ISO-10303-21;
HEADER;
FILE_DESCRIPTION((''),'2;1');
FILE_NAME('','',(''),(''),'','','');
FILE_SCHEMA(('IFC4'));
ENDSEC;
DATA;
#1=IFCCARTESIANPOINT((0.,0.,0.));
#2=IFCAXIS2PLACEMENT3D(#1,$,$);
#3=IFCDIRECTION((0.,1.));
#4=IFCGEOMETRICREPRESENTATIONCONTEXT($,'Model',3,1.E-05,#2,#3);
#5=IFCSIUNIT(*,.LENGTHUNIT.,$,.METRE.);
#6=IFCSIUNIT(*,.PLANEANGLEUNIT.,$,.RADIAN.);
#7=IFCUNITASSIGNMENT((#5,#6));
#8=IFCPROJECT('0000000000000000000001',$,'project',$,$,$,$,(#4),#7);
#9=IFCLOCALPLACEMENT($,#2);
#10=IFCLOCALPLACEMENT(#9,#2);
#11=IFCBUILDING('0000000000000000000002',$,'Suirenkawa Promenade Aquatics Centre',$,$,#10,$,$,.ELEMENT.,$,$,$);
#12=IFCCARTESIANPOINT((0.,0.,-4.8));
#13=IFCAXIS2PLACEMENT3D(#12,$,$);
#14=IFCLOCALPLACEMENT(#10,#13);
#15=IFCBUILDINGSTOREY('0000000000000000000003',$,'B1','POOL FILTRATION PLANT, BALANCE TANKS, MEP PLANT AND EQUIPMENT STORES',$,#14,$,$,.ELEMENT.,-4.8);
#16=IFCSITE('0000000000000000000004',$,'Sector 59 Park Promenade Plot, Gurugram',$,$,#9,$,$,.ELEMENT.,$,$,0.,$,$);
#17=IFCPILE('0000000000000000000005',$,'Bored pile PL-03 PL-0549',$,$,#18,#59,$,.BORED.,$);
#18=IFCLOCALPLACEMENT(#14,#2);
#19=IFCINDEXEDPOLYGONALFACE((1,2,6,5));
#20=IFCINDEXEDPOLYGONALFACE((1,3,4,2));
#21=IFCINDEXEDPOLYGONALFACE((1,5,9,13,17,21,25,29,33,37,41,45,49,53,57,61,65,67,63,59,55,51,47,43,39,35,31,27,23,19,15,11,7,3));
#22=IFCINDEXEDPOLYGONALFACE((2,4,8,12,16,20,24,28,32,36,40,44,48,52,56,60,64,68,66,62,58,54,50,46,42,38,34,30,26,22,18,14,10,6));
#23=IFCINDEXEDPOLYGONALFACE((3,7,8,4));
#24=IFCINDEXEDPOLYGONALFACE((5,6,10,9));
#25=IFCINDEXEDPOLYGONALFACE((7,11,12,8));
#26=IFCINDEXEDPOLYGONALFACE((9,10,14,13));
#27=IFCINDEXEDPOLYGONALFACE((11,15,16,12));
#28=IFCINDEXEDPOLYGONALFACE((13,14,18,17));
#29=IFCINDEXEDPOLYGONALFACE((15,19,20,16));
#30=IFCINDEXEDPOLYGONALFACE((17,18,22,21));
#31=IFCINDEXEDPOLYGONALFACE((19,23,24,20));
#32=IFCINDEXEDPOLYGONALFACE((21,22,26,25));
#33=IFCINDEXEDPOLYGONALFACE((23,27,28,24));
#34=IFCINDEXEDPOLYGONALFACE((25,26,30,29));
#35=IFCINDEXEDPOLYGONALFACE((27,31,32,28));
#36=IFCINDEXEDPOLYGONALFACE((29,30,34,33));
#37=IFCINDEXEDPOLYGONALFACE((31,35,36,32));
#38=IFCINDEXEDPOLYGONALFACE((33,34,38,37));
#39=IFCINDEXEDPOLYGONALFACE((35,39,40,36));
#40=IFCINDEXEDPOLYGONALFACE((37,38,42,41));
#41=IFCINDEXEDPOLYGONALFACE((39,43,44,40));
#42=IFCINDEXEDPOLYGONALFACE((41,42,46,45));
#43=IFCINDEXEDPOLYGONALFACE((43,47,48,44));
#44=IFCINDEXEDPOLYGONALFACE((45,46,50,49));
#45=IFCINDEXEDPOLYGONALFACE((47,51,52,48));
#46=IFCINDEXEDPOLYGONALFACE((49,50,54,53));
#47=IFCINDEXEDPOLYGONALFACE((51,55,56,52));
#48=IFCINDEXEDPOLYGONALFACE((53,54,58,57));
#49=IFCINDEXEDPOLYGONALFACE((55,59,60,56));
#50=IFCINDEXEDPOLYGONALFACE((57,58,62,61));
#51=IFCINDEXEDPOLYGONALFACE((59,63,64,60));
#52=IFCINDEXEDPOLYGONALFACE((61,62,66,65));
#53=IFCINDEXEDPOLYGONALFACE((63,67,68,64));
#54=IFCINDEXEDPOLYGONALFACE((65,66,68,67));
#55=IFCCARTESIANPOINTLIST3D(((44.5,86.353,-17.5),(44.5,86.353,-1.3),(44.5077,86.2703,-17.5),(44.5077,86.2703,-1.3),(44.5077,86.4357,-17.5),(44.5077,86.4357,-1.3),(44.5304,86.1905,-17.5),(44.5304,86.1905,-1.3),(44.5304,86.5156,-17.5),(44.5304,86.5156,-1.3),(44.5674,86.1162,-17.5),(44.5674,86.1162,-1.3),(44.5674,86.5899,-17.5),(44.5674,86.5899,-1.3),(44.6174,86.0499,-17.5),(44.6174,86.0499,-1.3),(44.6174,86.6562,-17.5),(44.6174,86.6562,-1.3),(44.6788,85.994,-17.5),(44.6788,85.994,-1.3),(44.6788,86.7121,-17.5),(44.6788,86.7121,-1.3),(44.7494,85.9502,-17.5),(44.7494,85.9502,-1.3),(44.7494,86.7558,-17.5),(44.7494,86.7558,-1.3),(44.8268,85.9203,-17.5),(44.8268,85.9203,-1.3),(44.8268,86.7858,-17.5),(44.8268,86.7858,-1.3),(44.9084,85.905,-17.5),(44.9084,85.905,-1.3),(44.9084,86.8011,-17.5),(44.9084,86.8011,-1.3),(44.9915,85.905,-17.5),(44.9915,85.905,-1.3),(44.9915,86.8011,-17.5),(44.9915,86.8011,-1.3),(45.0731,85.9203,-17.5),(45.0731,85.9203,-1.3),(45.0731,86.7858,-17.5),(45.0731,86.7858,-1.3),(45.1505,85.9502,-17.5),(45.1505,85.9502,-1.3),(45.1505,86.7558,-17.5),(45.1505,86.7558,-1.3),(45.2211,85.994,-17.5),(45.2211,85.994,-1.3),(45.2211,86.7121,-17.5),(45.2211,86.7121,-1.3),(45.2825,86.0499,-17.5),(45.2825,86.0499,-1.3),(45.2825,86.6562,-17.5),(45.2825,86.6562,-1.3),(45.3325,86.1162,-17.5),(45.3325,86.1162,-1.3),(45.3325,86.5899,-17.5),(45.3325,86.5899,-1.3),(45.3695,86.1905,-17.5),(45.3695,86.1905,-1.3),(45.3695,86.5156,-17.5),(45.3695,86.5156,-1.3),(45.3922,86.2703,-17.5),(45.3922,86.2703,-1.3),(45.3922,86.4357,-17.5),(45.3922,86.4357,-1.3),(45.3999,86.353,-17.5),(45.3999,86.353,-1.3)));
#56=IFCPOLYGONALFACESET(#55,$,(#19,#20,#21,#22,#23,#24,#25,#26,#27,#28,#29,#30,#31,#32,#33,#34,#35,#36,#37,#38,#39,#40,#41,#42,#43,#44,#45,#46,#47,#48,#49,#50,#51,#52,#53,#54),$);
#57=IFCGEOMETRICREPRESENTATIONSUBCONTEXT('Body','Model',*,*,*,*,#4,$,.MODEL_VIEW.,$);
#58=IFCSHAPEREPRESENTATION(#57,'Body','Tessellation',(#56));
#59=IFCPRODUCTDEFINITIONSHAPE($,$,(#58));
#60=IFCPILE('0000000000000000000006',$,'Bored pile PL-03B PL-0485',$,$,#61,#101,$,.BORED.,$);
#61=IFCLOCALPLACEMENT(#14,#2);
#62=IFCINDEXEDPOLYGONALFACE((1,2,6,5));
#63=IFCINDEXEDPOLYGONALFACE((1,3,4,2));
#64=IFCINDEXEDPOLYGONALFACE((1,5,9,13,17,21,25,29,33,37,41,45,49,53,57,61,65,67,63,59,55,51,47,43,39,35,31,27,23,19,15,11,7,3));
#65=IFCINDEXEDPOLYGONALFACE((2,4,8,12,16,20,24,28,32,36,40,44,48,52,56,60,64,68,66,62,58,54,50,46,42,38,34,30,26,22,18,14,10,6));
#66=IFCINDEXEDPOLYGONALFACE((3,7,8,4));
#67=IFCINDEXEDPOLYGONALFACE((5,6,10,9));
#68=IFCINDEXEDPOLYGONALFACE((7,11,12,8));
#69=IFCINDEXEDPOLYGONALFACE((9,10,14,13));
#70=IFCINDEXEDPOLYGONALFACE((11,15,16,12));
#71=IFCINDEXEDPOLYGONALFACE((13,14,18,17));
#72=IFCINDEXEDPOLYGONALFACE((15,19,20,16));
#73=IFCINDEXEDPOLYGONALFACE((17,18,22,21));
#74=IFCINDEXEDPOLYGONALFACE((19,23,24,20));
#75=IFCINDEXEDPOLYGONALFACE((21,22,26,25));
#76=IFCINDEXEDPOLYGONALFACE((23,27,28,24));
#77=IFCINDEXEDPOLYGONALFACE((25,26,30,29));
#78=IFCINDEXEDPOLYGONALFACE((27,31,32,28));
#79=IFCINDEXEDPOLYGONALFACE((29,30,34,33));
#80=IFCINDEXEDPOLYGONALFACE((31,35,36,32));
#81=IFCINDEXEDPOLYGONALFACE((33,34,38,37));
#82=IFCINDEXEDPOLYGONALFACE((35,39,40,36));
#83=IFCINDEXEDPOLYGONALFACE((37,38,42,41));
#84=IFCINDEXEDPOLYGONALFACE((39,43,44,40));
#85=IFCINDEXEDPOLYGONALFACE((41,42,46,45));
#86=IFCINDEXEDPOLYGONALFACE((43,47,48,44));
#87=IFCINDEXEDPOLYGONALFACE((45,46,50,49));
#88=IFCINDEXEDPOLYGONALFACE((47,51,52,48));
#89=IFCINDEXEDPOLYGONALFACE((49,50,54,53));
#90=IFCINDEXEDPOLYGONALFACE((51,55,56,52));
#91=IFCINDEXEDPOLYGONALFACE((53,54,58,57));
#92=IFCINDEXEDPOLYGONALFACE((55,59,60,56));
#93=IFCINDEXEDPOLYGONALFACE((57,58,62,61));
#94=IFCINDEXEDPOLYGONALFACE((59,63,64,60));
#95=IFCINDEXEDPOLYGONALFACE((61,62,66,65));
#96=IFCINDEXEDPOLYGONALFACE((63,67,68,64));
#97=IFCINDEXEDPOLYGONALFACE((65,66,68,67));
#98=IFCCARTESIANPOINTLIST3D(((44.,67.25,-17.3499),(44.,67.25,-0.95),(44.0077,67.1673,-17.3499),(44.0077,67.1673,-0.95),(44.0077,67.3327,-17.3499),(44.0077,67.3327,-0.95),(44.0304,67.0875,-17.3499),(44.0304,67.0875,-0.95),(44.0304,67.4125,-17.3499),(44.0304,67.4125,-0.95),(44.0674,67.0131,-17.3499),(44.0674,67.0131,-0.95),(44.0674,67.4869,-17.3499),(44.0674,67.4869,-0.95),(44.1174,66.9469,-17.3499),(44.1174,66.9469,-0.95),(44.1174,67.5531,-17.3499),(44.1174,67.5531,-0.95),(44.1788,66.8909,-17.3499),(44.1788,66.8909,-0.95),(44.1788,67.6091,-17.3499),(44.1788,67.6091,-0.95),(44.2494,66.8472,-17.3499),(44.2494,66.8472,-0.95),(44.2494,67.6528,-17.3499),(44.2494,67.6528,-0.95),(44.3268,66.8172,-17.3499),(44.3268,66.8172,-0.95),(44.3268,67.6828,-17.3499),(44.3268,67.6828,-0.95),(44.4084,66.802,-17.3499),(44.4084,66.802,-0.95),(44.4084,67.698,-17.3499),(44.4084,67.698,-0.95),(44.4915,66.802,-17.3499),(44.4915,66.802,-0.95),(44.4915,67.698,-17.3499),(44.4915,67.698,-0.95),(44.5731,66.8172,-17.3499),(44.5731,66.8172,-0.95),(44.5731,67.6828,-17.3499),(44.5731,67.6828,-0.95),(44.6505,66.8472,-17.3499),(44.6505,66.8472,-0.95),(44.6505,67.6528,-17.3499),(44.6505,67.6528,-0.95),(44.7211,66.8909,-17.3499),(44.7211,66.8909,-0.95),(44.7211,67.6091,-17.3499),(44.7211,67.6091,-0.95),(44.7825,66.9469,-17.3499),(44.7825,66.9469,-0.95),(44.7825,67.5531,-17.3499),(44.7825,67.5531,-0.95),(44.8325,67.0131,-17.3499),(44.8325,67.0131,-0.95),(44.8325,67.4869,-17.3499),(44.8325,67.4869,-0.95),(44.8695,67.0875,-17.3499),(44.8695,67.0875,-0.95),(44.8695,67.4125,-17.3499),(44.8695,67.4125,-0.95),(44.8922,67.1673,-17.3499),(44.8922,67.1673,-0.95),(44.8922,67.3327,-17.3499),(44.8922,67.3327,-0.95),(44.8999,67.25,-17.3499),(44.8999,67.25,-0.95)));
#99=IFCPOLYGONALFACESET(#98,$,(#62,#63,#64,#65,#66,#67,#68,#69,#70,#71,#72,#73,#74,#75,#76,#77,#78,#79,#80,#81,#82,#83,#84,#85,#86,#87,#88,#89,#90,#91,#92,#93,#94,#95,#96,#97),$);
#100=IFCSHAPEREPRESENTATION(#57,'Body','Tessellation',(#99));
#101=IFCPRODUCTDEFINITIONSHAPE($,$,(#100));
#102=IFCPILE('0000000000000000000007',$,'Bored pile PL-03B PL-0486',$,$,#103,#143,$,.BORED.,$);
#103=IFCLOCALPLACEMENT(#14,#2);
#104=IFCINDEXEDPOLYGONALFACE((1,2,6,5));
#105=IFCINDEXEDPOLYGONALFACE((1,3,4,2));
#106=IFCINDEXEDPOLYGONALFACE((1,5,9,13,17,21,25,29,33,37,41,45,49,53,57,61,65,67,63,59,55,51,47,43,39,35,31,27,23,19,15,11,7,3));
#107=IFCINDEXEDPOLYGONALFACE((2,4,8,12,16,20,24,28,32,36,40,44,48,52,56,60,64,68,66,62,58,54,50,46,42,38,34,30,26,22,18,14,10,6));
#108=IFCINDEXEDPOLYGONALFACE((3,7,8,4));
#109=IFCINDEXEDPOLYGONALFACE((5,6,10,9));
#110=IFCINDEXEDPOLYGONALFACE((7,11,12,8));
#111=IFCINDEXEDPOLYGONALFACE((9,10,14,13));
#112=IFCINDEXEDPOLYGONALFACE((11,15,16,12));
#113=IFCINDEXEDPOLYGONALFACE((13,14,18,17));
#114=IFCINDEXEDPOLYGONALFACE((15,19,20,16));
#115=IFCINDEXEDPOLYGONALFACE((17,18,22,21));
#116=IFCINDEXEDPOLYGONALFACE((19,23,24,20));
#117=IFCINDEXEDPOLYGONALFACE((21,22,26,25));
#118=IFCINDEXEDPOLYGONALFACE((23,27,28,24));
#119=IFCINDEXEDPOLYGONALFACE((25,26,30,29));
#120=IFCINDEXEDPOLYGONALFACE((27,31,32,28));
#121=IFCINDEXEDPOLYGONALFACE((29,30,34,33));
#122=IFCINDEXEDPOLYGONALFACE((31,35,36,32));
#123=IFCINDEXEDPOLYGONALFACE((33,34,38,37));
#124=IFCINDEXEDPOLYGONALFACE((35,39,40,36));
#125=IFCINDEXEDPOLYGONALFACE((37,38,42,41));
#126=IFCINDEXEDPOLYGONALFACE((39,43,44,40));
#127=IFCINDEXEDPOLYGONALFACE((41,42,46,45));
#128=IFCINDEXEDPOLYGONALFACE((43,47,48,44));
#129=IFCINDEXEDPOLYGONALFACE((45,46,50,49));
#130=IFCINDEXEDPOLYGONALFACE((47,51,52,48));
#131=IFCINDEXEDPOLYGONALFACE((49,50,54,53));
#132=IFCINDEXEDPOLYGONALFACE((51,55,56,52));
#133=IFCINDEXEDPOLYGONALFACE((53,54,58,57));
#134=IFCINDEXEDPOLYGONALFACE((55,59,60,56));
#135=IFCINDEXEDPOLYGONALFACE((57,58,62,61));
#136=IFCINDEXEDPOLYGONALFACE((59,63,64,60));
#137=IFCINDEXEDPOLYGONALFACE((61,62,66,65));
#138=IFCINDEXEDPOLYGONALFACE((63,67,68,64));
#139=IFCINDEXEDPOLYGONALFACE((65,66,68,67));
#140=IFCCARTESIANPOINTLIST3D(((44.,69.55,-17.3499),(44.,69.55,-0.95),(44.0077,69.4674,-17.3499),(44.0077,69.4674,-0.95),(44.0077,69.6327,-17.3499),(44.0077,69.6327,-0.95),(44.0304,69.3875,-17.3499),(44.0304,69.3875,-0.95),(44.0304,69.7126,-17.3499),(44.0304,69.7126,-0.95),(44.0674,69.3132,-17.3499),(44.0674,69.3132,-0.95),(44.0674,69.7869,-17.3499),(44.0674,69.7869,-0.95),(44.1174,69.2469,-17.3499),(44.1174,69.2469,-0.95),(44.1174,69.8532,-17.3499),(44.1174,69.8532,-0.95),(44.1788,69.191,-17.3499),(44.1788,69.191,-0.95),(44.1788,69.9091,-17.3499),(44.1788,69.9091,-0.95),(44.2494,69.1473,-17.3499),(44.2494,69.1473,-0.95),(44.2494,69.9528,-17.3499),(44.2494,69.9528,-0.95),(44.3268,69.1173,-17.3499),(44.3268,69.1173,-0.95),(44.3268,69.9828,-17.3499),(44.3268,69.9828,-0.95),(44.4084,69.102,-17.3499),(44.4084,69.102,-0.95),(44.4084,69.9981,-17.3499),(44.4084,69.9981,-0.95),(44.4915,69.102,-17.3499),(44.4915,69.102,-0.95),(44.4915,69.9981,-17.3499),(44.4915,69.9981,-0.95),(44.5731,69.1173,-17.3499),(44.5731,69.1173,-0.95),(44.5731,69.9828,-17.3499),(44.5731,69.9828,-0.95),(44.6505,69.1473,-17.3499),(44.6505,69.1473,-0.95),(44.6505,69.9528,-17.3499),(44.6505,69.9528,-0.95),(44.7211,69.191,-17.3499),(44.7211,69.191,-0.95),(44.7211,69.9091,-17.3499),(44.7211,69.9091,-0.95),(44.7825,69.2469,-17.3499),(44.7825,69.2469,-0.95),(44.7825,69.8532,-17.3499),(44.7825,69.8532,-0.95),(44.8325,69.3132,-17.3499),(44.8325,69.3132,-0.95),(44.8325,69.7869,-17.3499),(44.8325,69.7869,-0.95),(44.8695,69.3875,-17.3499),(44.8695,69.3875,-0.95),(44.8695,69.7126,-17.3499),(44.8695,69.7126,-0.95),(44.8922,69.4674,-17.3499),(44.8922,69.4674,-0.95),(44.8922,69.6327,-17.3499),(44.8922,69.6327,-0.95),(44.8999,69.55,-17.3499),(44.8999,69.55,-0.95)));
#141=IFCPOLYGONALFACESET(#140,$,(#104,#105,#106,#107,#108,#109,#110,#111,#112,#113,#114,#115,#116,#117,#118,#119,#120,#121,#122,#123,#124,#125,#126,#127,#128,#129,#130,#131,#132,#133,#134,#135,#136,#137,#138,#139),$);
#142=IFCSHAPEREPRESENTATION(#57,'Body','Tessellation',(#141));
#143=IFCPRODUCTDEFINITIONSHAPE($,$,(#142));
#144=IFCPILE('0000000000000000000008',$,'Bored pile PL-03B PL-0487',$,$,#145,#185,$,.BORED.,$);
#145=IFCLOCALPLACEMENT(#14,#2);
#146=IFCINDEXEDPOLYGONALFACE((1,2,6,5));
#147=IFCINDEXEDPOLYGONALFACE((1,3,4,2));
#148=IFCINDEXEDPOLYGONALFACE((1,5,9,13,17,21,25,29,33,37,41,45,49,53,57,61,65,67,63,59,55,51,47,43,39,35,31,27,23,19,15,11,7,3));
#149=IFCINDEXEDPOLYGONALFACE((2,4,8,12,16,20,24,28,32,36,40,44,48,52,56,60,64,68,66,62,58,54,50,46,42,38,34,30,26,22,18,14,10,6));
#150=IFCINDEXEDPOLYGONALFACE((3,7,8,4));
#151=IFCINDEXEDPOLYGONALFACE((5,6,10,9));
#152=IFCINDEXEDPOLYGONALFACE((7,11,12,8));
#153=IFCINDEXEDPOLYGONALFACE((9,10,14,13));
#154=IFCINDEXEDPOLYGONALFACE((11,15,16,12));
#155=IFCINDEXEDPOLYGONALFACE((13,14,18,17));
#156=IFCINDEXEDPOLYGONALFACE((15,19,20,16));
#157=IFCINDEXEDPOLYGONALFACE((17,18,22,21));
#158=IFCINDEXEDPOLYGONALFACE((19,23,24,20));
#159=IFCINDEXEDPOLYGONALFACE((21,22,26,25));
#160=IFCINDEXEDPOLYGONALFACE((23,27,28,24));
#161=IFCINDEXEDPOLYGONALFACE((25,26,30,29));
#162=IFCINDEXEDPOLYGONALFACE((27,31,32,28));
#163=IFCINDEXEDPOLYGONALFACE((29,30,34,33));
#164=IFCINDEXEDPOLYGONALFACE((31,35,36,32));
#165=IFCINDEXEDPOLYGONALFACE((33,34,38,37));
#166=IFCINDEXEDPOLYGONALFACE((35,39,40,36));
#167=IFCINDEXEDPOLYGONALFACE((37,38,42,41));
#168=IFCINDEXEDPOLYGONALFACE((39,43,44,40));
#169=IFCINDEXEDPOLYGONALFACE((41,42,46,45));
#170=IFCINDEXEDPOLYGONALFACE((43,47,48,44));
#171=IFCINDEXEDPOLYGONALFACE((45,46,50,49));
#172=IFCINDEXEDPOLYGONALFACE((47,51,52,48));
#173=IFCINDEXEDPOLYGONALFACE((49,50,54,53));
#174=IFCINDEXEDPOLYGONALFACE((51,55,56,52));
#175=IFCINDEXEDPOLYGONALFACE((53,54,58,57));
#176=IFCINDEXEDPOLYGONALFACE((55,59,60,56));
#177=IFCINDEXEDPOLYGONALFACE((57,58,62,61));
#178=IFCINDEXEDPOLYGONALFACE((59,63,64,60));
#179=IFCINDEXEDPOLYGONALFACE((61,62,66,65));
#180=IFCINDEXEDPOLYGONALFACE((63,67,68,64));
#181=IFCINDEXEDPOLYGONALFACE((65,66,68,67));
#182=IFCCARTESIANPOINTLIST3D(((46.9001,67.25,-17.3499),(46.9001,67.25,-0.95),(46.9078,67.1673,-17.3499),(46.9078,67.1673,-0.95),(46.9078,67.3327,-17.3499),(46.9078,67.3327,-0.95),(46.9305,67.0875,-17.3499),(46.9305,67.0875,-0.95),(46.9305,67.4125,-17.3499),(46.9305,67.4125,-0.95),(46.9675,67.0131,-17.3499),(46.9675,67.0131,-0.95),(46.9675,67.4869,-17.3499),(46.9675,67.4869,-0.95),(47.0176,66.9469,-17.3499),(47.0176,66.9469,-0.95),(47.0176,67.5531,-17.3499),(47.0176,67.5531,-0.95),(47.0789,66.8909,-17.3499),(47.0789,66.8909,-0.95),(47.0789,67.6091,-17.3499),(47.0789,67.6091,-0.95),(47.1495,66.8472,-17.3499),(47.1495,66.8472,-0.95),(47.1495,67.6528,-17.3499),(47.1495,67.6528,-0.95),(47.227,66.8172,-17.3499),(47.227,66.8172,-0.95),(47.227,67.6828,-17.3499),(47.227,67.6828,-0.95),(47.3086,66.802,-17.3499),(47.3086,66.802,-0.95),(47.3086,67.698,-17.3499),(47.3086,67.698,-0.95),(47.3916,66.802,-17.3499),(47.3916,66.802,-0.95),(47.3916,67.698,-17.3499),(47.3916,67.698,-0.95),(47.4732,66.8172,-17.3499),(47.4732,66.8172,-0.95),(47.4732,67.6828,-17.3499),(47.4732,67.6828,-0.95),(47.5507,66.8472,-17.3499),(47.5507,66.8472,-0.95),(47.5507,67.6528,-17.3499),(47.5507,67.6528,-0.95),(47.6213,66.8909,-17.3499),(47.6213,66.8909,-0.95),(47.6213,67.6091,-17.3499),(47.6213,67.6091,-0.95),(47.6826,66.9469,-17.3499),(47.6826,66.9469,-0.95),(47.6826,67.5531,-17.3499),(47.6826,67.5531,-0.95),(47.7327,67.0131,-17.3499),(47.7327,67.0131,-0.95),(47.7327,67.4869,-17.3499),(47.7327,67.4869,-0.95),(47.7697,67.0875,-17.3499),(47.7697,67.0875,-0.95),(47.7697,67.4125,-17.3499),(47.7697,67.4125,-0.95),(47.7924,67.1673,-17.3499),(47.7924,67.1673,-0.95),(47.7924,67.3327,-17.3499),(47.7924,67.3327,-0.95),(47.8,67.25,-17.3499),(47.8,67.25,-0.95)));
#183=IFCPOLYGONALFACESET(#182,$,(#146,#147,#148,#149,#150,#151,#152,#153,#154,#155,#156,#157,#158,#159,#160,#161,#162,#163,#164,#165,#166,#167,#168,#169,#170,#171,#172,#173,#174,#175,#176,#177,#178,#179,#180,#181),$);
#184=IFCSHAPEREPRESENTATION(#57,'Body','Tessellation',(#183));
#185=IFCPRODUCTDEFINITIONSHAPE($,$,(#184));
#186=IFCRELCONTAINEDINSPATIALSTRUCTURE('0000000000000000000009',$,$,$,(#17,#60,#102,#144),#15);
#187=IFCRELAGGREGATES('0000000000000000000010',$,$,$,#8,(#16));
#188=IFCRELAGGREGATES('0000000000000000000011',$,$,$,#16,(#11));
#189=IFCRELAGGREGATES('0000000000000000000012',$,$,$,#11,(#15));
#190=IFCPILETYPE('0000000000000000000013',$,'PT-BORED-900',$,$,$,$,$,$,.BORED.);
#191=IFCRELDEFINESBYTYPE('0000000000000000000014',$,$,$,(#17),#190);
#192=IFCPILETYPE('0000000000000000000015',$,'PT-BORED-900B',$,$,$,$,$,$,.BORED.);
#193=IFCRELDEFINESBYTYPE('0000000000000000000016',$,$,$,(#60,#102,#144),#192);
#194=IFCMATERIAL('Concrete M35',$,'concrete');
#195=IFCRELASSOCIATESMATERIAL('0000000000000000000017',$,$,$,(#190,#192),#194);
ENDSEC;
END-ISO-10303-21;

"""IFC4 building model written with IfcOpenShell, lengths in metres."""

from ifc_helpers import new_model, si_unit, direction, frame, origin, origin_2d, place, context, subcontext, project, spatial, circle, extrude, material, material_profile, profile_set, type_object, element, save


model = new_model("IFC4")

# Units and contexts
model_context = context("Model", 3, precision=1e-05, world=origin(), true_north=direction((0.0, 1.0)))
body_context = subcontext(model_context, "Body", "Model", "MODEL_VIEW")
ifc_project = project(units=[si_unit("LENGTHUNIT", "METRE"), si_unit("PLANEANGLEUNIT", "RADIAN")], contexts=[model_context])

# Site, building, storey
site_placement = place(None, origin())
site = spatial("IfcSite", under=ifc_project, at=site_placement, Name="Sector 59 Park Promenade Plot, Gurugram", CompositionType="ELEMENT", RefElevation=0.0)
building_placement = place(site_placement, origin())
building = spatial("IfcBuilding", under=site, at=building_placement, Name="Suirenkawa Promenade Aquatics Centre", CompositionType="ELEMENT")
storey_placement = place(building_placement, frame((0.0, 0.0, -4.8)))
storey = spatial("IfcBuildingStorey", under=building, at=storey_placement, Name="B1", Description="POOL FILTRATION PLANT, BALANCE TANKS, MEP PLANT AND EQUIPMENT STORES", CompositionType="ELEMENT", Elevation=-4.8)

# Shared definitions
ifc_material_1 = material(Name="Concrete M35", Category="concrete")

# Piles
ifc_material_profile_1 = material_profile(ifc_material_1, circle(Radius=0.45, at=origin_2d()), Name="PILE D900", Category="concrete")
ifc_profile_set_1 = profile_set([ifc_material_profile_1], Name="Concrete M35")
pile_type_1 = type_object("IfcPileType", Name="PT-BORED-900", PredefinedType="BORED", material=ifc_profile_set_1)
pile_placement = place(storey_placement, frame((44.95, 86.353, -1.3), z_axis=(0.0, 0.0, -1.0), x_axis=(1.0, 0.0, 0.0)))
element("IfcPile", 1, at=pile_placement, inside=storey, type_object=pile_type_1, Name="Bored pile PL-03 PL-0549", PredefinedType="BORED", context=body_context, shape_type="SweptSolid", body=[
    extrude(circle(Radius=0.45, at=origin_2d()), origin(), (0.0, 0.0, 1.0), 16.2),
])
ifc_material_profile_2 = material_profile(ifc_material_1, circle(Radius=0.45, at=origin_2d()), Name="PILE D900", Category="concrete")
ifc_profile_set_2 = profile_set([ifc_material_profile_2], Name="Concrete M35")
pile_type_2 = type_object("IfcPileType", Name="PT-BORED-900B", PredefinedType="BORED", material=ifc_profile_set_2)
for number, where, z_axis, x_axis, name in (
    (2, (44.45, 67.25, -0.95), (0.0, 0.0, -1.0), (1.0, 0.0, 0.0), "Bored pile PL-03B PL-0485"),
    (3, (44.45, 69.55, -0.95), (0.0, 0.0, -1.0), (1.0, 0.0, 0.0), "Bored pile PL-03B PL-0486"),
    (4, (47.3501, 67.25, -0.95), (0.0, 0.0, -1.0), (1.0, 0.0, 0.0), "Bored pile PL-03B PL-0487"),
):
    element("IfcPile", number, at=place(storey_placement, frame(where, z_axis=z_axis, x_axis=x_axis)), inside=storey, type_object=pile_type_2, Name=name, PredefinedType="BORED", context=body_context, shape_type="SweptSolid", body=[
        extrude(circle(Radius=0.45, at=origin_2d()), origin(), (0.0, 0.0, 1.0), 16.3999),
    ])

save(model, "model.ifc")
